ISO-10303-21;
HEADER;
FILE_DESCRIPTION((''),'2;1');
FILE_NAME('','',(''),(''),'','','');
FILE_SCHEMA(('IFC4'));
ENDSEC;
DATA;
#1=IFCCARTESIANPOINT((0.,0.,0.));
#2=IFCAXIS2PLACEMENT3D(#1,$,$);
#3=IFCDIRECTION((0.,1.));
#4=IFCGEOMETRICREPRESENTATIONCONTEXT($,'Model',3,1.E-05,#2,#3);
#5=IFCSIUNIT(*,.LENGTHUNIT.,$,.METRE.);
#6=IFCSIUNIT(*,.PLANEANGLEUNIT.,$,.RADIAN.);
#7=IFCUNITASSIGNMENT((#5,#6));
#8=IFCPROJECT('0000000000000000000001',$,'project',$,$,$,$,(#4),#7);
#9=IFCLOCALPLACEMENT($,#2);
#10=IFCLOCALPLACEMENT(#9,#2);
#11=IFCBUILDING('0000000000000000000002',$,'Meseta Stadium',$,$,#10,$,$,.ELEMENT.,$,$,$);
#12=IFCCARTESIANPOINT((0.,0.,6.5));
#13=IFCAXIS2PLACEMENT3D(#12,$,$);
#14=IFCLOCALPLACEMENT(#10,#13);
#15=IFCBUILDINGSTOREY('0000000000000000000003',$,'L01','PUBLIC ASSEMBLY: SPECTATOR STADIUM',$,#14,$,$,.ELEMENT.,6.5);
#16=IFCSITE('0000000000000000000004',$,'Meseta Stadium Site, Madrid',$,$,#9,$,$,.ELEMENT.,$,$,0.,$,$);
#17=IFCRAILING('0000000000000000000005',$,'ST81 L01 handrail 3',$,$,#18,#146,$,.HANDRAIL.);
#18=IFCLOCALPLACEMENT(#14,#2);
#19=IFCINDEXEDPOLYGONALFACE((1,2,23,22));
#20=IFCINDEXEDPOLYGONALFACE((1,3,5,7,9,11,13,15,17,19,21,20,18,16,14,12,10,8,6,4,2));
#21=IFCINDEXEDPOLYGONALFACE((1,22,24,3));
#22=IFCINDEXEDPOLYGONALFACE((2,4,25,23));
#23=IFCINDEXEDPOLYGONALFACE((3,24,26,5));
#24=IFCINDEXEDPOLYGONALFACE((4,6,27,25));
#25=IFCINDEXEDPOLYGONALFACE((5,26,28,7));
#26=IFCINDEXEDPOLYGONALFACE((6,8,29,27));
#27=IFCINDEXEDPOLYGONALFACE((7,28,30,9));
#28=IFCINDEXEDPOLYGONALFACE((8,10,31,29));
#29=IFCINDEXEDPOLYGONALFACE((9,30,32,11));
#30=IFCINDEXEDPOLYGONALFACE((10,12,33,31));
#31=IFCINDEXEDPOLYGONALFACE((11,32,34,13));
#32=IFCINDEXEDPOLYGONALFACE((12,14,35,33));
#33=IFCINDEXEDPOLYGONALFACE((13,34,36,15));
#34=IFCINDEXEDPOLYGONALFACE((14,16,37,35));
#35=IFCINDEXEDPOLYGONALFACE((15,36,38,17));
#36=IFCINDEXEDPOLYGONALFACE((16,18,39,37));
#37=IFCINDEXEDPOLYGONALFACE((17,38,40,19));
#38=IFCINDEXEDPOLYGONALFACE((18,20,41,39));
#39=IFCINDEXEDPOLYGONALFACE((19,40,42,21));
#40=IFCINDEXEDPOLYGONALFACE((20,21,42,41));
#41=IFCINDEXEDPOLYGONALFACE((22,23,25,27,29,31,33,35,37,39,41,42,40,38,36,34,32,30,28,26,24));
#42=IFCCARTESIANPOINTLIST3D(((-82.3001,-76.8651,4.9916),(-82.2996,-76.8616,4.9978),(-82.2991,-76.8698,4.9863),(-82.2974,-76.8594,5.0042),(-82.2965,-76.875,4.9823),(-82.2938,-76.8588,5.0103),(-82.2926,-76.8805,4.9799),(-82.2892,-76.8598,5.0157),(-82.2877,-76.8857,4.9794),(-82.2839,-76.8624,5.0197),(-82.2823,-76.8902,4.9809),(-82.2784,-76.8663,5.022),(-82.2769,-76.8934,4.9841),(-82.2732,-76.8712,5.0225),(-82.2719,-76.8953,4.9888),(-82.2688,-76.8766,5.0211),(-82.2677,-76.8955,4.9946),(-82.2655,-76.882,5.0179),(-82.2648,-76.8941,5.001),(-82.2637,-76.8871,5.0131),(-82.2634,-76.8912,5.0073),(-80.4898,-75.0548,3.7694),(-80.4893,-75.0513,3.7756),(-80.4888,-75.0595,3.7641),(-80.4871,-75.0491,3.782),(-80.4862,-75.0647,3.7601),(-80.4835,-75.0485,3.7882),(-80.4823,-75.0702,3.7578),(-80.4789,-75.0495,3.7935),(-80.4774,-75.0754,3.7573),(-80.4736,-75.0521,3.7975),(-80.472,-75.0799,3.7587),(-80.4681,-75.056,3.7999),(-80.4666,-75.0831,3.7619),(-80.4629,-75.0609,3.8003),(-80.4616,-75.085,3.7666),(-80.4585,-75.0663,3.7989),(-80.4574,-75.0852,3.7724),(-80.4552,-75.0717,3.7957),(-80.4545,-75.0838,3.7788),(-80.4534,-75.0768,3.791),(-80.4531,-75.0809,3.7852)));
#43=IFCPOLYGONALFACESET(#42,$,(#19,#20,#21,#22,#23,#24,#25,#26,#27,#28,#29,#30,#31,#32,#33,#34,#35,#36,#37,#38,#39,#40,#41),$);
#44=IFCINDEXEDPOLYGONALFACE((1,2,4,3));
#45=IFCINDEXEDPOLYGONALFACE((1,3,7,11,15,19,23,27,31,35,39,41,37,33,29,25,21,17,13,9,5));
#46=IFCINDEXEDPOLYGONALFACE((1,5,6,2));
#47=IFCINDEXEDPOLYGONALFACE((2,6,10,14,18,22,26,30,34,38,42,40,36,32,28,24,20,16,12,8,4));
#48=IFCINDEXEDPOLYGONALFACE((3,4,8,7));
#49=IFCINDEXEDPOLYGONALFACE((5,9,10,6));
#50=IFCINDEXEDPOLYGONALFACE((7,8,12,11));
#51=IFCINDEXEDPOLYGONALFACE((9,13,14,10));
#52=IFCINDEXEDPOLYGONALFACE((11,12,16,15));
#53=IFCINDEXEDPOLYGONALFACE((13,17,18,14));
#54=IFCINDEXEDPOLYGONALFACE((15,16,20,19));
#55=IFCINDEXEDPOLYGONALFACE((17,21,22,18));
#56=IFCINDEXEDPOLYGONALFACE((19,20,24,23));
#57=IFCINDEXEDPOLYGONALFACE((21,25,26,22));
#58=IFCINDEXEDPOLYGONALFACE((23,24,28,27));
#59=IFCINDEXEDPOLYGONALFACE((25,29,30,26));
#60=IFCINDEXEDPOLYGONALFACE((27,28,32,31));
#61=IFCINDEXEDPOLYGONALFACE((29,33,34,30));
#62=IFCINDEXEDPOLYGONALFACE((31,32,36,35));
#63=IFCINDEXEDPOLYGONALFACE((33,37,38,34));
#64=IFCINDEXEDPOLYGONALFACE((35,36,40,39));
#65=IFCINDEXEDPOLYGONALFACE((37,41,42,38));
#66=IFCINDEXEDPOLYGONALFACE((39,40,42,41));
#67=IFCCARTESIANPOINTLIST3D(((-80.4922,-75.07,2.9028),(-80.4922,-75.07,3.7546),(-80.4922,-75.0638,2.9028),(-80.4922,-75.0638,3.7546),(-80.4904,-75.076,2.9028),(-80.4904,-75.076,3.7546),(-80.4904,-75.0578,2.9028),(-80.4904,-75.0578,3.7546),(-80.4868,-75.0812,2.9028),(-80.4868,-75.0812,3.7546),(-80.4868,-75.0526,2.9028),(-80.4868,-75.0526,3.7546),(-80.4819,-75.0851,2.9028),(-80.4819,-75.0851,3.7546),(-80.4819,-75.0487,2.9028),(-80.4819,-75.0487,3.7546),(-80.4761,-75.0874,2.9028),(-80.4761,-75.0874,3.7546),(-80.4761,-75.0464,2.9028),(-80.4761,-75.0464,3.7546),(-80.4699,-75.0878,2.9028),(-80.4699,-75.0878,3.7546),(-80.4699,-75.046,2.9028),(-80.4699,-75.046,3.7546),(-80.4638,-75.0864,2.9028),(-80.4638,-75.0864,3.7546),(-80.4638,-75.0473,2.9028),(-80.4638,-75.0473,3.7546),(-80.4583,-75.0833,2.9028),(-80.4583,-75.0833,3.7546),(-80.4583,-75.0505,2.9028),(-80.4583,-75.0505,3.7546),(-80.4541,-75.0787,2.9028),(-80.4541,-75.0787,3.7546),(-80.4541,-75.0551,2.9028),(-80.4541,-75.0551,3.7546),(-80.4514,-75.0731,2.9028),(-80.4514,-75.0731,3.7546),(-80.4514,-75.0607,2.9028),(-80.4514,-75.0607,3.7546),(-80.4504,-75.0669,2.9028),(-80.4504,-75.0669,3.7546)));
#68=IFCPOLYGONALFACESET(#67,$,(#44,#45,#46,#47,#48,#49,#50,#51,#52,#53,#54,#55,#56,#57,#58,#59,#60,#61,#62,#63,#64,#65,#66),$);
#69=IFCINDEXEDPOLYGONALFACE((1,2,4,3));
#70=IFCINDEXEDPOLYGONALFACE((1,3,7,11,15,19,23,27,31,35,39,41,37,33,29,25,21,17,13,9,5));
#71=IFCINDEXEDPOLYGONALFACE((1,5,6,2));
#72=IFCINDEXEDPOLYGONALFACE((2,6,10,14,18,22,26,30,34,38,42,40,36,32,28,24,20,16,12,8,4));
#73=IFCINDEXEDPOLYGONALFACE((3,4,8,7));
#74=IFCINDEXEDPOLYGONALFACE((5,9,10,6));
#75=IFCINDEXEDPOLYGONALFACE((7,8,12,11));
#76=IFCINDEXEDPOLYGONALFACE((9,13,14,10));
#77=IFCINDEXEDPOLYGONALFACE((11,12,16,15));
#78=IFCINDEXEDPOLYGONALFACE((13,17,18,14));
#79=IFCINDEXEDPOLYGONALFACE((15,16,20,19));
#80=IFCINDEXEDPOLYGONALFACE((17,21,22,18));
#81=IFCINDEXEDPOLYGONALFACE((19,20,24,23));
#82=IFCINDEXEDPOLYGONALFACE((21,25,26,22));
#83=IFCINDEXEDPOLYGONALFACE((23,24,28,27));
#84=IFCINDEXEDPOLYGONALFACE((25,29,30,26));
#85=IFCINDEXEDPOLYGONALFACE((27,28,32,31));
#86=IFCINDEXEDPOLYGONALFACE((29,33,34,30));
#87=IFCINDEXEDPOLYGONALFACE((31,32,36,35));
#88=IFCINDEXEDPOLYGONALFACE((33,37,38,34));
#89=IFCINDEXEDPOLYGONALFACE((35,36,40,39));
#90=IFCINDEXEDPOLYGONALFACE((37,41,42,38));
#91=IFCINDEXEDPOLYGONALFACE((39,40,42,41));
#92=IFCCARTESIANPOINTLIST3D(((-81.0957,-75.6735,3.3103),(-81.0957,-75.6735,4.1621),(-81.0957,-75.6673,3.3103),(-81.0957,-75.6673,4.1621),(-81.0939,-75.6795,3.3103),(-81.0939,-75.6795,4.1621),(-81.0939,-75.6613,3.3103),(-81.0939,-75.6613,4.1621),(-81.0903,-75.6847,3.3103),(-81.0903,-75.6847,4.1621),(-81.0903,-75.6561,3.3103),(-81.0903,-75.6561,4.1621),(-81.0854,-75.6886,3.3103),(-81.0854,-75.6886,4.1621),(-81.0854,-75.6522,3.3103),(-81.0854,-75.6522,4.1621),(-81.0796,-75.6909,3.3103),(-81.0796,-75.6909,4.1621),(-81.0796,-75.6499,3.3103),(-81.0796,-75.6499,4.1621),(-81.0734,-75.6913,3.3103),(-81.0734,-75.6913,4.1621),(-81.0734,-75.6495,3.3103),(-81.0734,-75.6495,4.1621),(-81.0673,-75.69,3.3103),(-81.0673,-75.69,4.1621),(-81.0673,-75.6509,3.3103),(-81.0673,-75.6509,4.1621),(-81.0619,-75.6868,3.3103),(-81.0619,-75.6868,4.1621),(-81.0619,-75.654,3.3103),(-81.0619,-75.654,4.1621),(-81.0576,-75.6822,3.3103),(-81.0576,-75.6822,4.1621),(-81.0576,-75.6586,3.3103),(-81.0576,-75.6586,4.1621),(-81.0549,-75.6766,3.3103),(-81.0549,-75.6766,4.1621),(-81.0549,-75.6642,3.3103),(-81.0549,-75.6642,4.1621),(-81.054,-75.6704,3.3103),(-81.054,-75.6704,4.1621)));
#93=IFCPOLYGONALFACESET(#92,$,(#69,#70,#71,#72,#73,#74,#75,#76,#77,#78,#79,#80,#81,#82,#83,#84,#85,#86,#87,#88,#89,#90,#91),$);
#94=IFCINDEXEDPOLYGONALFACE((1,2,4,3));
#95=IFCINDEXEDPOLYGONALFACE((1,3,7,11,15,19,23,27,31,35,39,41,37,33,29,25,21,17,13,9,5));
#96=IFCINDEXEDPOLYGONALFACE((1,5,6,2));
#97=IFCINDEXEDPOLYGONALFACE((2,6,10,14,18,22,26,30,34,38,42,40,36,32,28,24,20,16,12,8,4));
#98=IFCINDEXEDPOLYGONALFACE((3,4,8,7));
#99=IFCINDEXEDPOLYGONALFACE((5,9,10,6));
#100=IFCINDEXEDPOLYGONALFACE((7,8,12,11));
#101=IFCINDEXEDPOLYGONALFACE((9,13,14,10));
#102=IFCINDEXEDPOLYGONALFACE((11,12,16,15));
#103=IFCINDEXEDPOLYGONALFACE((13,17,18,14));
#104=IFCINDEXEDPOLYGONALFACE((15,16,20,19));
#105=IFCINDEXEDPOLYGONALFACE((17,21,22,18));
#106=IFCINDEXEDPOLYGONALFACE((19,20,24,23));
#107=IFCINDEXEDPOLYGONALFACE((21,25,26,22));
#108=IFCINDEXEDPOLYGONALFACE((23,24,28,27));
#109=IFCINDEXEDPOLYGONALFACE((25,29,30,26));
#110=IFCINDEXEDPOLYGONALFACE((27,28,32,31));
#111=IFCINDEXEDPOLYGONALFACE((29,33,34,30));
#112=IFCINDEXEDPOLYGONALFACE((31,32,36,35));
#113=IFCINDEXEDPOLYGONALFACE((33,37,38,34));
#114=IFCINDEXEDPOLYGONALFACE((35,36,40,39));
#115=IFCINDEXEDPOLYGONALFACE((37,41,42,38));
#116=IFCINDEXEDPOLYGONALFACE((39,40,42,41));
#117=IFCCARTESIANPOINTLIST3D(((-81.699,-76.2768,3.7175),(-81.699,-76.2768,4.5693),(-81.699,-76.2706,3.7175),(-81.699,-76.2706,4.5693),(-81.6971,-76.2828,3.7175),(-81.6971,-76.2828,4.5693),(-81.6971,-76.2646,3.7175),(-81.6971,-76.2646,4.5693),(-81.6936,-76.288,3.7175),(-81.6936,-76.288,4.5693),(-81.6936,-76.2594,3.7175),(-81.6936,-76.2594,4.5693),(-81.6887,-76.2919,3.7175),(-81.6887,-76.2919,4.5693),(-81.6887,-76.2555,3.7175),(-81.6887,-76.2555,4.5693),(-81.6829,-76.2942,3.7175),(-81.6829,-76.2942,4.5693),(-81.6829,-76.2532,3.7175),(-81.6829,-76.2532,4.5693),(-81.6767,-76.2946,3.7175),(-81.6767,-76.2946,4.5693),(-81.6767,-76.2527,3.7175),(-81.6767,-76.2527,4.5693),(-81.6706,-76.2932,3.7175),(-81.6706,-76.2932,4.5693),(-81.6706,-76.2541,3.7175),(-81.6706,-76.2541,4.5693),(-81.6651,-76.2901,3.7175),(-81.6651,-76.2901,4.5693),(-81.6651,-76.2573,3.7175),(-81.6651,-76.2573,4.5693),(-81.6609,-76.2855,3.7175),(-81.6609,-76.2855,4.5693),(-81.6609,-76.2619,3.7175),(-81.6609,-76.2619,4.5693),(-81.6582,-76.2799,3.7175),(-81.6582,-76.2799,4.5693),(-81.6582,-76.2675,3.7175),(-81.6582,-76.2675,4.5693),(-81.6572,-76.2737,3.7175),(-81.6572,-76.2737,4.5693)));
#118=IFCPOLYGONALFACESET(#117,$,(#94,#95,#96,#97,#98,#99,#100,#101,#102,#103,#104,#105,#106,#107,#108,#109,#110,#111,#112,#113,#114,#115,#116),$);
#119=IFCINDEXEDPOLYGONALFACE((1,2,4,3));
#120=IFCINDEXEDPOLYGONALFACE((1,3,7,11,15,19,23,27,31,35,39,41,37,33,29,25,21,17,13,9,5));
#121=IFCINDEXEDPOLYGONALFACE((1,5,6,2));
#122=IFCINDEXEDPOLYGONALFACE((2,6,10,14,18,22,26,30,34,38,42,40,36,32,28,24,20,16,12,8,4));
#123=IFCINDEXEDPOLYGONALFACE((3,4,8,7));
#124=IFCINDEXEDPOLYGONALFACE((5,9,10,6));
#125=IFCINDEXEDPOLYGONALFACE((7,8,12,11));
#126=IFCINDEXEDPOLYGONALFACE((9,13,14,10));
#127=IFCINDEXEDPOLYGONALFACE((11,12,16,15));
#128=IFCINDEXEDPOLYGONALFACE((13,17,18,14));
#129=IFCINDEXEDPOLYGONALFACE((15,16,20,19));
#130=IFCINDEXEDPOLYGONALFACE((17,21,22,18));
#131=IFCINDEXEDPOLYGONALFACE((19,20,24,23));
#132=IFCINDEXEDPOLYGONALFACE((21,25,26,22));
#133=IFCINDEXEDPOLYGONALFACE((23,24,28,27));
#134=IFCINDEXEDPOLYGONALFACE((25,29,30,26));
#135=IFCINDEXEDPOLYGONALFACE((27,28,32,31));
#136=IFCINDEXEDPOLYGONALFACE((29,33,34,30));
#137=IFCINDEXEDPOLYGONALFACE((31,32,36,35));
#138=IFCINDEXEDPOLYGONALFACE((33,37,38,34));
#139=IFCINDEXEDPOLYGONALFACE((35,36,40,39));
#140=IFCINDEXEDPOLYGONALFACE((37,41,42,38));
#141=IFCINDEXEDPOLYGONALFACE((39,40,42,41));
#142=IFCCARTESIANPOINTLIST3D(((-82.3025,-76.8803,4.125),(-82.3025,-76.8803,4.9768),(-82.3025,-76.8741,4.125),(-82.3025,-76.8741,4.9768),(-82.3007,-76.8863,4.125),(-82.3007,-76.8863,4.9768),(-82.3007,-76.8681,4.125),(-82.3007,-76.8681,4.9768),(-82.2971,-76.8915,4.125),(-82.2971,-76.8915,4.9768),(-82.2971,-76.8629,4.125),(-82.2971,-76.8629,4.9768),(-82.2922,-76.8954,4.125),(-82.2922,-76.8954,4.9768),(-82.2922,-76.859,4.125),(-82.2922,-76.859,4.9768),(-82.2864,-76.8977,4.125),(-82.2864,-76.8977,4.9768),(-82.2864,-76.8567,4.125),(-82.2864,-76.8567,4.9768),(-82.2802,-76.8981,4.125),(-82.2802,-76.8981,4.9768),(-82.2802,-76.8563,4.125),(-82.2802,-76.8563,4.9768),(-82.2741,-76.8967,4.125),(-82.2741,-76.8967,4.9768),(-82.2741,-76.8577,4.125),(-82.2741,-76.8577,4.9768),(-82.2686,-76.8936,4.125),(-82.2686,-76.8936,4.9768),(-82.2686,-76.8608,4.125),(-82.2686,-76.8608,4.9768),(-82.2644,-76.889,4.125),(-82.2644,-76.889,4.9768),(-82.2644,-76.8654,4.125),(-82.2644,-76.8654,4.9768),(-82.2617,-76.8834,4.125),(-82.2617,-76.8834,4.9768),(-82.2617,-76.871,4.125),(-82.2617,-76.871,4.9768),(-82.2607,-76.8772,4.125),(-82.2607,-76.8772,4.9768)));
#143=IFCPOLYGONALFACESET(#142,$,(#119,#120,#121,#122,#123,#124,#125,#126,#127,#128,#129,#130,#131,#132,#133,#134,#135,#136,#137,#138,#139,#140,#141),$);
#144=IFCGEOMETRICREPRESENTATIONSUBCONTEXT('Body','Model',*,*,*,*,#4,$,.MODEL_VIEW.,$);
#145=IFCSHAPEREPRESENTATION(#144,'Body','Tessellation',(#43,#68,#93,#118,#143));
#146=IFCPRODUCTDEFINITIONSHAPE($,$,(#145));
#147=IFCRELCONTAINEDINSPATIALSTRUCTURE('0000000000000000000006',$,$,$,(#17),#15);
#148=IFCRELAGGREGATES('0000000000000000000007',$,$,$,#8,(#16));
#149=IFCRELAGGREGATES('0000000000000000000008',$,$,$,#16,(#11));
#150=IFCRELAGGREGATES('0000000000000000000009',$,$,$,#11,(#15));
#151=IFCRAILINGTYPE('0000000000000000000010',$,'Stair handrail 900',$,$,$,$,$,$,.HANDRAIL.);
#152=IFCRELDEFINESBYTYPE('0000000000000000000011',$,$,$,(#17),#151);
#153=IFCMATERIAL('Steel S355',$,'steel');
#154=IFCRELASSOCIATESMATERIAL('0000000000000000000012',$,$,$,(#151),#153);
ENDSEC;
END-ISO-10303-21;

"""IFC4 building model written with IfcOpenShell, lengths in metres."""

from ifc_helpers import new_model, si_unit, direction, frame, origin, origin_2d, place, context, subcontext, project, spatial, circle, extrude, material, type_object, element, save


model = new_model("IFC4")

# Units and contexts
model_context = context("Model", 3, precision=1e-05, world=origin(), true_north=direction((0.0, 1.0)))
body_context = subcontext(model_context, "Body", "Model", "MODEL_VIEW")
ifc_project = project(units=[si_unit("LENGTHUNIT", "METRE"), si_unit("PLANEANGLEUNIT", "RADIAN")], contexts=[model_context])

# Site, building, storey
site_placement = place(None, origin())
site = spatial("IfcSite", under=ifc_project, at=site_placement, Name="Meseta Stadium Site, Madrid", CompositionType="ELEMENT", RefElevation=0.0)
building_placement = place(site_placement, origin())
building = spatial("IfcBuilding", under=site, at=building_placement, Name="Meseta Stadium", CompositionType="ELEMENT")
storey_placement = place(building_placement, frame((0.0, 0.0, 6.5)))
storey = spatial("IfcBuildingStorey", under=building, at=storey_placement, Name="L01", Description="PUBLIC ASSEMBLY: SPECTATOR STADIUM", CompositionType="ELEMENT", Elevation=6.5)

# Railing
ifc_material_1 = material(Name="Steel S355", Category="steel")
railing_type_1 = type_object("IfcRailingType", Name="Stair handrail 900", PredefinedType="HANDRAIL", material=ifc_material_1)
for number, where, name in (
    (1, (-80.4714, -75.0669, 2.9028), "ST81 L01 handrail 3"),
):
    element("IfcRailing", number, at=place(storey_placement, frame(where)), inside=storey, type_object=railing_type_1, Name=name, PredefinedType="HANDRAIL", context=body_context, shape_type="SweptSolid", body=[
        extrude(circle(Radius=0.0239, at=origin_2d()), frame((0.0, 0.0, 0.876), z_axis=(-0.638124, -0.638124, 0.430809), x_axis=(0.707107, -0.707107, 0.0)), (0.0, 0.0, 1.0), 2.8369),
        extrude(circle(Radius=0.021, at=origin_2d()), origin(), (0.0, 0.0, 1.0), 0.8518),
        extrude(circle(Radius=0.021, at=origin_2d()), frame((-0.6035, -0.6035, 0.4075)), (0.0, 0.0, 1.0), 0.8518),
        extrude(circle(Radius=0.021, at=origin_2d()), frame((-1.2068, -1.2068, 0.8147)), (0.0, 0.0, 1.0), 0.8518),
        extrude(circle(Radius=0.021, at=origin_2d()), frame((-1.8103, -1.8103, 1.2222)), (0.0, 0.0, 1.0), 0.8518),
    ])

save(model, "model.ifc")
